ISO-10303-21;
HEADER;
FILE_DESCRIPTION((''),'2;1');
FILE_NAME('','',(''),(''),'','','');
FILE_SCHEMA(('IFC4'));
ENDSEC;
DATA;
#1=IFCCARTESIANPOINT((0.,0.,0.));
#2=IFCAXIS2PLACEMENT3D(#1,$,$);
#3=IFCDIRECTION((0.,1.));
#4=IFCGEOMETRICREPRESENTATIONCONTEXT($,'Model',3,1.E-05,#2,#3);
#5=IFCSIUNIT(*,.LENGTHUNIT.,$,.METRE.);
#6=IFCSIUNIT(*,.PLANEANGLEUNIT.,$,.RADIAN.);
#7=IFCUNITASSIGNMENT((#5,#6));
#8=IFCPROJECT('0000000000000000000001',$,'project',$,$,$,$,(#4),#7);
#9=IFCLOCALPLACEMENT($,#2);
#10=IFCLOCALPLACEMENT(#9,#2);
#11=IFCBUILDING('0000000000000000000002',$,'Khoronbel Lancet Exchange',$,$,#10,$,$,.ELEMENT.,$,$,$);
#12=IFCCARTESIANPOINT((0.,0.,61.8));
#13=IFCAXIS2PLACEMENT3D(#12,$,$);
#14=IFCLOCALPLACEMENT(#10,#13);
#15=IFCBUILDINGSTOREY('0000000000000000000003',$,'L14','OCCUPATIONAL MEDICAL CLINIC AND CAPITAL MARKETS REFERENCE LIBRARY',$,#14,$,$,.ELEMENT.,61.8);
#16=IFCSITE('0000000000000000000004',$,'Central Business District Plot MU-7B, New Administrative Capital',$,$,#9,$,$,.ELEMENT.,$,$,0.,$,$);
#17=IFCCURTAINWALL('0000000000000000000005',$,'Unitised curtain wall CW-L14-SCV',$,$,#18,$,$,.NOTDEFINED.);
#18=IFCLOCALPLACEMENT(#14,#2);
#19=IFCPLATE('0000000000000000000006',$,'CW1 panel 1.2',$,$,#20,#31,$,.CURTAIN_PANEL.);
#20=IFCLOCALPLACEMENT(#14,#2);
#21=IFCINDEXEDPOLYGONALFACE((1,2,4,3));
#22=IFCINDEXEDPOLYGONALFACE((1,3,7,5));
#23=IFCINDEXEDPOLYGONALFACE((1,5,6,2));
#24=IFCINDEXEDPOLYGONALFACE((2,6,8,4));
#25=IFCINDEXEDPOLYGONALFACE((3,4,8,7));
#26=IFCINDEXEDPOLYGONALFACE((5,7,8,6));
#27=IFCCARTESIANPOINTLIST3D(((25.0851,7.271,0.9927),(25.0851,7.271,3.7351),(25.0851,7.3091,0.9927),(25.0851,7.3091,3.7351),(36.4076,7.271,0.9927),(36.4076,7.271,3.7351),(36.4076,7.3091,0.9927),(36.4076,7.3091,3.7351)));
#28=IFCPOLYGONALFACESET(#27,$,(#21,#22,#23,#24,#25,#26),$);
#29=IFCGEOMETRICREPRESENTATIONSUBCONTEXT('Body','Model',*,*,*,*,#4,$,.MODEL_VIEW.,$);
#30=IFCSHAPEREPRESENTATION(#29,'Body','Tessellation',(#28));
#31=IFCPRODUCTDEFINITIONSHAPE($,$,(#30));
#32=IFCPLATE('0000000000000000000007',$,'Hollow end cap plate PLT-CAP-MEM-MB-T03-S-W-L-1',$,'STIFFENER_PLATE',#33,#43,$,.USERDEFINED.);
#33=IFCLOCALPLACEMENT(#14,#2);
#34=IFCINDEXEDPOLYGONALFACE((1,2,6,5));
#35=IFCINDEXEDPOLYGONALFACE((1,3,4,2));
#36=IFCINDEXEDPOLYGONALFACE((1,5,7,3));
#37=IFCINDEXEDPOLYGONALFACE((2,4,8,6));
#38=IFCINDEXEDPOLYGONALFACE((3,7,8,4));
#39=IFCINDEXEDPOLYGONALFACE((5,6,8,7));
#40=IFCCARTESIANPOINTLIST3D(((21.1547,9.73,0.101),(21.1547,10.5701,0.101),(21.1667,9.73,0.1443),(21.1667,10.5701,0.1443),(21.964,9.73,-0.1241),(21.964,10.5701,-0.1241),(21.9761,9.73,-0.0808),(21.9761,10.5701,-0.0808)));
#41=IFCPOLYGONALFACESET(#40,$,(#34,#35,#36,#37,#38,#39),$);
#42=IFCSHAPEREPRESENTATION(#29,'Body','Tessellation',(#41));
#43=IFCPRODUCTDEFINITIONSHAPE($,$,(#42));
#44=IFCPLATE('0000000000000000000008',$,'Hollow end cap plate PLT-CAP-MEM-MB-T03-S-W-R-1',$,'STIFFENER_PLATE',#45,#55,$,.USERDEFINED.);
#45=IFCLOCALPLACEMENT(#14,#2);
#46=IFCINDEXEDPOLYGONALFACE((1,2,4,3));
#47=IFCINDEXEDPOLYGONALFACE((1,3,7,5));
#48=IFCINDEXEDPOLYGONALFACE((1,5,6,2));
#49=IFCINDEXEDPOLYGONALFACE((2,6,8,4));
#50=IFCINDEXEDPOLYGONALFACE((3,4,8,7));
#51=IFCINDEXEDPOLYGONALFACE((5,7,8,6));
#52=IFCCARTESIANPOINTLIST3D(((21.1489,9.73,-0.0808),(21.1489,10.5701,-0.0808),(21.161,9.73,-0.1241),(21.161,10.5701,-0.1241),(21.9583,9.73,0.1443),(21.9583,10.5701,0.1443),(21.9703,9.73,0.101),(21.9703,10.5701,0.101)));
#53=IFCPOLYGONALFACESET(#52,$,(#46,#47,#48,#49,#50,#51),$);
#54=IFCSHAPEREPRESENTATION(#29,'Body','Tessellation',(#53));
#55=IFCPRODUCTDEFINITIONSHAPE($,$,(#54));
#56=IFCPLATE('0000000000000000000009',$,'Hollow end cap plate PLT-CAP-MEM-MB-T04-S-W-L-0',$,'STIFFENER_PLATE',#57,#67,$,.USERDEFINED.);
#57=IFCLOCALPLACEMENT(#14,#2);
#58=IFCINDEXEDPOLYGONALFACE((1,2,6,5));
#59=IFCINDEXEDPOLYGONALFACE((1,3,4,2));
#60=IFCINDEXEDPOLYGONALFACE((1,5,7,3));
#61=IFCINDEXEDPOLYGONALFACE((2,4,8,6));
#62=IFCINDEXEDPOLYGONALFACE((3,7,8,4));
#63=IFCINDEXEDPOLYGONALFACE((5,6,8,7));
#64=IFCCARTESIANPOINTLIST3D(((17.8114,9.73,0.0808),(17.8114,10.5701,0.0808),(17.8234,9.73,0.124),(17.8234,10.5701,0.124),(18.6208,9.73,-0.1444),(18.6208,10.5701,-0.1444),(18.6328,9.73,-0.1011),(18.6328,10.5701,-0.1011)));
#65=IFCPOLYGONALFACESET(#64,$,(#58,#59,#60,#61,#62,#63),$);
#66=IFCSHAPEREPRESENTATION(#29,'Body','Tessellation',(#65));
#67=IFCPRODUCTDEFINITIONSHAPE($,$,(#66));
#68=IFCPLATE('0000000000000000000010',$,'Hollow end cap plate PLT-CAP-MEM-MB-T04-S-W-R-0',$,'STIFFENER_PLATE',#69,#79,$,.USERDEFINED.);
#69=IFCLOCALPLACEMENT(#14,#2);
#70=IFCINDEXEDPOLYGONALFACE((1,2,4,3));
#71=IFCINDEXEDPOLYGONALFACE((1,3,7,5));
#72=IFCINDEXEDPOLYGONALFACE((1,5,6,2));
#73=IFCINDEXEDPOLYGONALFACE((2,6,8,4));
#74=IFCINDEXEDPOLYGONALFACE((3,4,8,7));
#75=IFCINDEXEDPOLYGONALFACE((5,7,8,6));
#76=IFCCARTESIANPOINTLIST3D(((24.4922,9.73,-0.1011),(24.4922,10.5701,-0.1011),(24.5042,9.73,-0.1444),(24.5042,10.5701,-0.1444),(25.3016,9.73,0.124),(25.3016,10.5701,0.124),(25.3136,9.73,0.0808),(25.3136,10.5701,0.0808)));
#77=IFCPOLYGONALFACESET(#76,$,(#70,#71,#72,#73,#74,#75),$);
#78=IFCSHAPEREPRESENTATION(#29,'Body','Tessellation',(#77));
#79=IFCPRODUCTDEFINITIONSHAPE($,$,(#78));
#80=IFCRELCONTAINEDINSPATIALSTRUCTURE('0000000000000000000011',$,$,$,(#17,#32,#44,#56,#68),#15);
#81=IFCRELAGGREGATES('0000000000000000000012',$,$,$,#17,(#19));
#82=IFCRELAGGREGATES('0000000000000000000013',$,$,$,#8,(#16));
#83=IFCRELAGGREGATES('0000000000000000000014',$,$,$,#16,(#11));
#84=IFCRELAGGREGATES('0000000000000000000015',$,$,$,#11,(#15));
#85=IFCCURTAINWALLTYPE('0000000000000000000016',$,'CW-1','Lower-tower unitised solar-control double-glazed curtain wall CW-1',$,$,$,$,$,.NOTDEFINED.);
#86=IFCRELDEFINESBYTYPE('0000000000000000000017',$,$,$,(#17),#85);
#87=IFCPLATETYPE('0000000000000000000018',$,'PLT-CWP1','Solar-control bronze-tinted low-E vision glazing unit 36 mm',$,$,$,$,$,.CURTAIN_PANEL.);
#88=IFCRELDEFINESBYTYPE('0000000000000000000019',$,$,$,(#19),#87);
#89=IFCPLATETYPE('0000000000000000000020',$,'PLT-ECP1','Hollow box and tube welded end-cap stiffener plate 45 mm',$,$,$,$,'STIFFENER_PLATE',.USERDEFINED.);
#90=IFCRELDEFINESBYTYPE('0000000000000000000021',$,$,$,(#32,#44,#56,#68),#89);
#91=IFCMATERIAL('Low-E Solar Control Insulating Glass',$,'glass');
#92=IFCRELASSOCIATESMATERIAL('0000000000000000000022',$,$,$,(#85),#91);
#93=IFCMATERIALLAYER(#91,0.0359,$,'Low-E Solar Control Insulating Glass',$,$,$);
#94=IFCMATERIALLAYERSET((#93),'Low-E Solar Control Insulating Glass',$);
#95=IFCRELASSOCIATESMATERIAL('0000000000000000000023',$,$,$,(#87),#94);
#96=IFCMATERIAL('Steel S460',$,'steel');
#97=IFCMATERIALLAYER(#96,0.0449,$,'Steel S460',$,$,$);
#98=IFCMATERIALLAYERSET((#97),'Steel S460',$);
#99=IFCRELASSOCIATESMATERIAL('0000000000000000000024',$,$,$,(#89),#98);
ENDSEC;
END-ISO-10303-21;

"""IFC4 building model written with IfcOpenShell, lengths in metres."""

from ifc_helpers import new_model, si_unit, direction, frame, origin, origin_2d, place, context, subcontext, project, spatial, polyline, rectangle, outline, extrude, material, layer, layer_set, type_object, element, aggregate, save


model = new_model("IFC4")

# Units and contexts
model_context = context("Model", 3, precision=1e-05, world=origin(), true_north=direction((0.0, 1.0)))
body_context = subcontext(model_context, "Body", "Model", "MODEL_VIEW")
ifc_project = project(units=[si_unit("LENGTHUNIT", "METRE"), si_unit("PLANEANGLEUNIT", "RADIAN")], contexts=[model_context])

# Site, building, storey
site_placement = place(None, origin())
site = spatial("IfcSite", under=ifc_project, at=site_placement, Name="Central Business District Plot MU-7B, New Administrative Capital", CompositionType="ELEMENT", RefElevation=0.0)
building_placement = place(site_placement, origin())
building = spatial("IfcBuilding", under=site, at=building_placement, Name="Khoronbel Lancet Exchange", CompositionType="ELEMENT")
storey_placement = place(building_placement, frame((0.0, 0.0, 61.8)))
storey = spatial("IfcBuildingStorey", under=building, at=storey_placement, Name="L14", Description="OCCUPATIONAL MEDICAL CLINIC AND CAPITAL MARKETS REFERENCE LIBRARY", CompositionType="ELEMENT", Elevation=61.8)

# Shared definitions
ifc_material_1 = material(Name="Steel S460", Category="steel")

# Shared definitions
ifc_material_2 = material(Name="Low-E Solar Control Insulating Glass", Category="glass")
curtain_wall_type = type_object("IfcCurtainWallType", Name="CW-1", Description="Lower-tower unitised solar-control double-glazed curtain wall CW-1", PredefinedType="NOTDEFINED", material=ifc_material_2)

# Curtain wall
curtain_wall_1_placement = place(storey_placement, origin())
curtain_wall_1 = element("IfcCurtainWall", 1, at=curtain_wall_1_placement, inside=storey, type_object=curtain_wall_type, Name="Unitised curtain wall CW-L14-SCV", PredefinedType="NOTDEFINED")

# Plate
ifc_layer_1 = layer(ifc_material_2, 0.0359, Name="Low-E Solar Control Insulating Glass")
ifc_layer_set_1 = layer_set([ifc_layer_1], Name="Low-E Solar Control Insulating Glass")
plate_type_1 = type_object("IfcPlateType", Name="PLT-CWP1", Description="Solar-control bronze-tinted low-E vision glazing unit 36 mm", PredefinedType="CURTAIN_PANEL", material=ifc_layer_set_1)
plate_1_placement = place(storey_placement, frame((30.7463, 7.29, 0.9927), z_axis=(0.0, 0.0, 1.0), x_axis=(1.0, 0.0, 0.0)))
plate_1 = element("IfcPlate", 2, at=plate_1_placement, type_object=plate_type_1, Name="CW1 panel 1.2", PredefinedType="CURTAIN_PANEL", context=body_context, shape_type="SweptSolid", body=[
    extrude(rectangle(XDim=11.3225, YDim=0.0381, at=origin_2d()), origin(), (0.0, 0.0, 1.0), 2.7424),
])
aggregate(curtain_wall_1, [plate_1])

# Plates
ifc_layer_2 = layer(ifc_material_1, 0.0449, Name="Steel S460")
ifc_layer_set_2 = layer_set([ifc_layer_2], Name="Steel S460")
plate_type_2 = type_object("IfcPlateType", Name="PLT-ECP1", Description="Hollow box and tube welded end-cap stiffener plate 45 mm", ElementType="STIFFENER_PLATE", PredefinedType="USERDEFINED", material=ifc_layer_set_2)
for number, where, z_axis, x_axis, name in (
    (3, (21.9761, 9.73, -0.0808), (0.267959, 0.0, 0.96343), (0.0, 1.0, 0.0), "Hollow end cap plate PLT-CAP-MEM-MB-T03-S-W-L-1"),
    (4, (21.1489, 10.5701, -0.0808), (-0.267959, 0.0, 0.96343), (0.0, -1.0, 0.0), "Hollow end cap plate PLT-CAP-MEM-MB-T03-S-W-R-1"),
    (5, (18.6328, 9.73, -0.1011), (0.267959, 0.0, 0.96343), (0.0, 1.0, 0.0), "Hollow end cap plate PLT-CAP-MEM-MB-T04-S-W-L-0"),
    (6, (24.4922, 10.5701, -0.1011), (-0.267959, 0.0, 0.96343), (0.0, -1.0, 0.0), "Hollow end cap plate PLT-CAP-MEM-MB-T04-S-W-R-0"),
):
    element("IfcPlate", number, at=place(storey_placement, frame(where, z_axis=z_axis, x_axis=x_axis)), inside=storey, type_object=plate_type_2, Name=name, ObjectType="STIFFENER_PLATE", PredefinedType="USERDEFINED", context=body_context, shape_type="SweptSolid", body=[
        extrude(outline(polyline([(0.0, 0.0), (0.8401, 0.0), (0.8401, 0.8401), (0.0, 0.8401), (0.0, 0.0)])), origin(), (0.0, 0.0, -1.0), 0.0449),
    ])

save(model, "model.ifc")
